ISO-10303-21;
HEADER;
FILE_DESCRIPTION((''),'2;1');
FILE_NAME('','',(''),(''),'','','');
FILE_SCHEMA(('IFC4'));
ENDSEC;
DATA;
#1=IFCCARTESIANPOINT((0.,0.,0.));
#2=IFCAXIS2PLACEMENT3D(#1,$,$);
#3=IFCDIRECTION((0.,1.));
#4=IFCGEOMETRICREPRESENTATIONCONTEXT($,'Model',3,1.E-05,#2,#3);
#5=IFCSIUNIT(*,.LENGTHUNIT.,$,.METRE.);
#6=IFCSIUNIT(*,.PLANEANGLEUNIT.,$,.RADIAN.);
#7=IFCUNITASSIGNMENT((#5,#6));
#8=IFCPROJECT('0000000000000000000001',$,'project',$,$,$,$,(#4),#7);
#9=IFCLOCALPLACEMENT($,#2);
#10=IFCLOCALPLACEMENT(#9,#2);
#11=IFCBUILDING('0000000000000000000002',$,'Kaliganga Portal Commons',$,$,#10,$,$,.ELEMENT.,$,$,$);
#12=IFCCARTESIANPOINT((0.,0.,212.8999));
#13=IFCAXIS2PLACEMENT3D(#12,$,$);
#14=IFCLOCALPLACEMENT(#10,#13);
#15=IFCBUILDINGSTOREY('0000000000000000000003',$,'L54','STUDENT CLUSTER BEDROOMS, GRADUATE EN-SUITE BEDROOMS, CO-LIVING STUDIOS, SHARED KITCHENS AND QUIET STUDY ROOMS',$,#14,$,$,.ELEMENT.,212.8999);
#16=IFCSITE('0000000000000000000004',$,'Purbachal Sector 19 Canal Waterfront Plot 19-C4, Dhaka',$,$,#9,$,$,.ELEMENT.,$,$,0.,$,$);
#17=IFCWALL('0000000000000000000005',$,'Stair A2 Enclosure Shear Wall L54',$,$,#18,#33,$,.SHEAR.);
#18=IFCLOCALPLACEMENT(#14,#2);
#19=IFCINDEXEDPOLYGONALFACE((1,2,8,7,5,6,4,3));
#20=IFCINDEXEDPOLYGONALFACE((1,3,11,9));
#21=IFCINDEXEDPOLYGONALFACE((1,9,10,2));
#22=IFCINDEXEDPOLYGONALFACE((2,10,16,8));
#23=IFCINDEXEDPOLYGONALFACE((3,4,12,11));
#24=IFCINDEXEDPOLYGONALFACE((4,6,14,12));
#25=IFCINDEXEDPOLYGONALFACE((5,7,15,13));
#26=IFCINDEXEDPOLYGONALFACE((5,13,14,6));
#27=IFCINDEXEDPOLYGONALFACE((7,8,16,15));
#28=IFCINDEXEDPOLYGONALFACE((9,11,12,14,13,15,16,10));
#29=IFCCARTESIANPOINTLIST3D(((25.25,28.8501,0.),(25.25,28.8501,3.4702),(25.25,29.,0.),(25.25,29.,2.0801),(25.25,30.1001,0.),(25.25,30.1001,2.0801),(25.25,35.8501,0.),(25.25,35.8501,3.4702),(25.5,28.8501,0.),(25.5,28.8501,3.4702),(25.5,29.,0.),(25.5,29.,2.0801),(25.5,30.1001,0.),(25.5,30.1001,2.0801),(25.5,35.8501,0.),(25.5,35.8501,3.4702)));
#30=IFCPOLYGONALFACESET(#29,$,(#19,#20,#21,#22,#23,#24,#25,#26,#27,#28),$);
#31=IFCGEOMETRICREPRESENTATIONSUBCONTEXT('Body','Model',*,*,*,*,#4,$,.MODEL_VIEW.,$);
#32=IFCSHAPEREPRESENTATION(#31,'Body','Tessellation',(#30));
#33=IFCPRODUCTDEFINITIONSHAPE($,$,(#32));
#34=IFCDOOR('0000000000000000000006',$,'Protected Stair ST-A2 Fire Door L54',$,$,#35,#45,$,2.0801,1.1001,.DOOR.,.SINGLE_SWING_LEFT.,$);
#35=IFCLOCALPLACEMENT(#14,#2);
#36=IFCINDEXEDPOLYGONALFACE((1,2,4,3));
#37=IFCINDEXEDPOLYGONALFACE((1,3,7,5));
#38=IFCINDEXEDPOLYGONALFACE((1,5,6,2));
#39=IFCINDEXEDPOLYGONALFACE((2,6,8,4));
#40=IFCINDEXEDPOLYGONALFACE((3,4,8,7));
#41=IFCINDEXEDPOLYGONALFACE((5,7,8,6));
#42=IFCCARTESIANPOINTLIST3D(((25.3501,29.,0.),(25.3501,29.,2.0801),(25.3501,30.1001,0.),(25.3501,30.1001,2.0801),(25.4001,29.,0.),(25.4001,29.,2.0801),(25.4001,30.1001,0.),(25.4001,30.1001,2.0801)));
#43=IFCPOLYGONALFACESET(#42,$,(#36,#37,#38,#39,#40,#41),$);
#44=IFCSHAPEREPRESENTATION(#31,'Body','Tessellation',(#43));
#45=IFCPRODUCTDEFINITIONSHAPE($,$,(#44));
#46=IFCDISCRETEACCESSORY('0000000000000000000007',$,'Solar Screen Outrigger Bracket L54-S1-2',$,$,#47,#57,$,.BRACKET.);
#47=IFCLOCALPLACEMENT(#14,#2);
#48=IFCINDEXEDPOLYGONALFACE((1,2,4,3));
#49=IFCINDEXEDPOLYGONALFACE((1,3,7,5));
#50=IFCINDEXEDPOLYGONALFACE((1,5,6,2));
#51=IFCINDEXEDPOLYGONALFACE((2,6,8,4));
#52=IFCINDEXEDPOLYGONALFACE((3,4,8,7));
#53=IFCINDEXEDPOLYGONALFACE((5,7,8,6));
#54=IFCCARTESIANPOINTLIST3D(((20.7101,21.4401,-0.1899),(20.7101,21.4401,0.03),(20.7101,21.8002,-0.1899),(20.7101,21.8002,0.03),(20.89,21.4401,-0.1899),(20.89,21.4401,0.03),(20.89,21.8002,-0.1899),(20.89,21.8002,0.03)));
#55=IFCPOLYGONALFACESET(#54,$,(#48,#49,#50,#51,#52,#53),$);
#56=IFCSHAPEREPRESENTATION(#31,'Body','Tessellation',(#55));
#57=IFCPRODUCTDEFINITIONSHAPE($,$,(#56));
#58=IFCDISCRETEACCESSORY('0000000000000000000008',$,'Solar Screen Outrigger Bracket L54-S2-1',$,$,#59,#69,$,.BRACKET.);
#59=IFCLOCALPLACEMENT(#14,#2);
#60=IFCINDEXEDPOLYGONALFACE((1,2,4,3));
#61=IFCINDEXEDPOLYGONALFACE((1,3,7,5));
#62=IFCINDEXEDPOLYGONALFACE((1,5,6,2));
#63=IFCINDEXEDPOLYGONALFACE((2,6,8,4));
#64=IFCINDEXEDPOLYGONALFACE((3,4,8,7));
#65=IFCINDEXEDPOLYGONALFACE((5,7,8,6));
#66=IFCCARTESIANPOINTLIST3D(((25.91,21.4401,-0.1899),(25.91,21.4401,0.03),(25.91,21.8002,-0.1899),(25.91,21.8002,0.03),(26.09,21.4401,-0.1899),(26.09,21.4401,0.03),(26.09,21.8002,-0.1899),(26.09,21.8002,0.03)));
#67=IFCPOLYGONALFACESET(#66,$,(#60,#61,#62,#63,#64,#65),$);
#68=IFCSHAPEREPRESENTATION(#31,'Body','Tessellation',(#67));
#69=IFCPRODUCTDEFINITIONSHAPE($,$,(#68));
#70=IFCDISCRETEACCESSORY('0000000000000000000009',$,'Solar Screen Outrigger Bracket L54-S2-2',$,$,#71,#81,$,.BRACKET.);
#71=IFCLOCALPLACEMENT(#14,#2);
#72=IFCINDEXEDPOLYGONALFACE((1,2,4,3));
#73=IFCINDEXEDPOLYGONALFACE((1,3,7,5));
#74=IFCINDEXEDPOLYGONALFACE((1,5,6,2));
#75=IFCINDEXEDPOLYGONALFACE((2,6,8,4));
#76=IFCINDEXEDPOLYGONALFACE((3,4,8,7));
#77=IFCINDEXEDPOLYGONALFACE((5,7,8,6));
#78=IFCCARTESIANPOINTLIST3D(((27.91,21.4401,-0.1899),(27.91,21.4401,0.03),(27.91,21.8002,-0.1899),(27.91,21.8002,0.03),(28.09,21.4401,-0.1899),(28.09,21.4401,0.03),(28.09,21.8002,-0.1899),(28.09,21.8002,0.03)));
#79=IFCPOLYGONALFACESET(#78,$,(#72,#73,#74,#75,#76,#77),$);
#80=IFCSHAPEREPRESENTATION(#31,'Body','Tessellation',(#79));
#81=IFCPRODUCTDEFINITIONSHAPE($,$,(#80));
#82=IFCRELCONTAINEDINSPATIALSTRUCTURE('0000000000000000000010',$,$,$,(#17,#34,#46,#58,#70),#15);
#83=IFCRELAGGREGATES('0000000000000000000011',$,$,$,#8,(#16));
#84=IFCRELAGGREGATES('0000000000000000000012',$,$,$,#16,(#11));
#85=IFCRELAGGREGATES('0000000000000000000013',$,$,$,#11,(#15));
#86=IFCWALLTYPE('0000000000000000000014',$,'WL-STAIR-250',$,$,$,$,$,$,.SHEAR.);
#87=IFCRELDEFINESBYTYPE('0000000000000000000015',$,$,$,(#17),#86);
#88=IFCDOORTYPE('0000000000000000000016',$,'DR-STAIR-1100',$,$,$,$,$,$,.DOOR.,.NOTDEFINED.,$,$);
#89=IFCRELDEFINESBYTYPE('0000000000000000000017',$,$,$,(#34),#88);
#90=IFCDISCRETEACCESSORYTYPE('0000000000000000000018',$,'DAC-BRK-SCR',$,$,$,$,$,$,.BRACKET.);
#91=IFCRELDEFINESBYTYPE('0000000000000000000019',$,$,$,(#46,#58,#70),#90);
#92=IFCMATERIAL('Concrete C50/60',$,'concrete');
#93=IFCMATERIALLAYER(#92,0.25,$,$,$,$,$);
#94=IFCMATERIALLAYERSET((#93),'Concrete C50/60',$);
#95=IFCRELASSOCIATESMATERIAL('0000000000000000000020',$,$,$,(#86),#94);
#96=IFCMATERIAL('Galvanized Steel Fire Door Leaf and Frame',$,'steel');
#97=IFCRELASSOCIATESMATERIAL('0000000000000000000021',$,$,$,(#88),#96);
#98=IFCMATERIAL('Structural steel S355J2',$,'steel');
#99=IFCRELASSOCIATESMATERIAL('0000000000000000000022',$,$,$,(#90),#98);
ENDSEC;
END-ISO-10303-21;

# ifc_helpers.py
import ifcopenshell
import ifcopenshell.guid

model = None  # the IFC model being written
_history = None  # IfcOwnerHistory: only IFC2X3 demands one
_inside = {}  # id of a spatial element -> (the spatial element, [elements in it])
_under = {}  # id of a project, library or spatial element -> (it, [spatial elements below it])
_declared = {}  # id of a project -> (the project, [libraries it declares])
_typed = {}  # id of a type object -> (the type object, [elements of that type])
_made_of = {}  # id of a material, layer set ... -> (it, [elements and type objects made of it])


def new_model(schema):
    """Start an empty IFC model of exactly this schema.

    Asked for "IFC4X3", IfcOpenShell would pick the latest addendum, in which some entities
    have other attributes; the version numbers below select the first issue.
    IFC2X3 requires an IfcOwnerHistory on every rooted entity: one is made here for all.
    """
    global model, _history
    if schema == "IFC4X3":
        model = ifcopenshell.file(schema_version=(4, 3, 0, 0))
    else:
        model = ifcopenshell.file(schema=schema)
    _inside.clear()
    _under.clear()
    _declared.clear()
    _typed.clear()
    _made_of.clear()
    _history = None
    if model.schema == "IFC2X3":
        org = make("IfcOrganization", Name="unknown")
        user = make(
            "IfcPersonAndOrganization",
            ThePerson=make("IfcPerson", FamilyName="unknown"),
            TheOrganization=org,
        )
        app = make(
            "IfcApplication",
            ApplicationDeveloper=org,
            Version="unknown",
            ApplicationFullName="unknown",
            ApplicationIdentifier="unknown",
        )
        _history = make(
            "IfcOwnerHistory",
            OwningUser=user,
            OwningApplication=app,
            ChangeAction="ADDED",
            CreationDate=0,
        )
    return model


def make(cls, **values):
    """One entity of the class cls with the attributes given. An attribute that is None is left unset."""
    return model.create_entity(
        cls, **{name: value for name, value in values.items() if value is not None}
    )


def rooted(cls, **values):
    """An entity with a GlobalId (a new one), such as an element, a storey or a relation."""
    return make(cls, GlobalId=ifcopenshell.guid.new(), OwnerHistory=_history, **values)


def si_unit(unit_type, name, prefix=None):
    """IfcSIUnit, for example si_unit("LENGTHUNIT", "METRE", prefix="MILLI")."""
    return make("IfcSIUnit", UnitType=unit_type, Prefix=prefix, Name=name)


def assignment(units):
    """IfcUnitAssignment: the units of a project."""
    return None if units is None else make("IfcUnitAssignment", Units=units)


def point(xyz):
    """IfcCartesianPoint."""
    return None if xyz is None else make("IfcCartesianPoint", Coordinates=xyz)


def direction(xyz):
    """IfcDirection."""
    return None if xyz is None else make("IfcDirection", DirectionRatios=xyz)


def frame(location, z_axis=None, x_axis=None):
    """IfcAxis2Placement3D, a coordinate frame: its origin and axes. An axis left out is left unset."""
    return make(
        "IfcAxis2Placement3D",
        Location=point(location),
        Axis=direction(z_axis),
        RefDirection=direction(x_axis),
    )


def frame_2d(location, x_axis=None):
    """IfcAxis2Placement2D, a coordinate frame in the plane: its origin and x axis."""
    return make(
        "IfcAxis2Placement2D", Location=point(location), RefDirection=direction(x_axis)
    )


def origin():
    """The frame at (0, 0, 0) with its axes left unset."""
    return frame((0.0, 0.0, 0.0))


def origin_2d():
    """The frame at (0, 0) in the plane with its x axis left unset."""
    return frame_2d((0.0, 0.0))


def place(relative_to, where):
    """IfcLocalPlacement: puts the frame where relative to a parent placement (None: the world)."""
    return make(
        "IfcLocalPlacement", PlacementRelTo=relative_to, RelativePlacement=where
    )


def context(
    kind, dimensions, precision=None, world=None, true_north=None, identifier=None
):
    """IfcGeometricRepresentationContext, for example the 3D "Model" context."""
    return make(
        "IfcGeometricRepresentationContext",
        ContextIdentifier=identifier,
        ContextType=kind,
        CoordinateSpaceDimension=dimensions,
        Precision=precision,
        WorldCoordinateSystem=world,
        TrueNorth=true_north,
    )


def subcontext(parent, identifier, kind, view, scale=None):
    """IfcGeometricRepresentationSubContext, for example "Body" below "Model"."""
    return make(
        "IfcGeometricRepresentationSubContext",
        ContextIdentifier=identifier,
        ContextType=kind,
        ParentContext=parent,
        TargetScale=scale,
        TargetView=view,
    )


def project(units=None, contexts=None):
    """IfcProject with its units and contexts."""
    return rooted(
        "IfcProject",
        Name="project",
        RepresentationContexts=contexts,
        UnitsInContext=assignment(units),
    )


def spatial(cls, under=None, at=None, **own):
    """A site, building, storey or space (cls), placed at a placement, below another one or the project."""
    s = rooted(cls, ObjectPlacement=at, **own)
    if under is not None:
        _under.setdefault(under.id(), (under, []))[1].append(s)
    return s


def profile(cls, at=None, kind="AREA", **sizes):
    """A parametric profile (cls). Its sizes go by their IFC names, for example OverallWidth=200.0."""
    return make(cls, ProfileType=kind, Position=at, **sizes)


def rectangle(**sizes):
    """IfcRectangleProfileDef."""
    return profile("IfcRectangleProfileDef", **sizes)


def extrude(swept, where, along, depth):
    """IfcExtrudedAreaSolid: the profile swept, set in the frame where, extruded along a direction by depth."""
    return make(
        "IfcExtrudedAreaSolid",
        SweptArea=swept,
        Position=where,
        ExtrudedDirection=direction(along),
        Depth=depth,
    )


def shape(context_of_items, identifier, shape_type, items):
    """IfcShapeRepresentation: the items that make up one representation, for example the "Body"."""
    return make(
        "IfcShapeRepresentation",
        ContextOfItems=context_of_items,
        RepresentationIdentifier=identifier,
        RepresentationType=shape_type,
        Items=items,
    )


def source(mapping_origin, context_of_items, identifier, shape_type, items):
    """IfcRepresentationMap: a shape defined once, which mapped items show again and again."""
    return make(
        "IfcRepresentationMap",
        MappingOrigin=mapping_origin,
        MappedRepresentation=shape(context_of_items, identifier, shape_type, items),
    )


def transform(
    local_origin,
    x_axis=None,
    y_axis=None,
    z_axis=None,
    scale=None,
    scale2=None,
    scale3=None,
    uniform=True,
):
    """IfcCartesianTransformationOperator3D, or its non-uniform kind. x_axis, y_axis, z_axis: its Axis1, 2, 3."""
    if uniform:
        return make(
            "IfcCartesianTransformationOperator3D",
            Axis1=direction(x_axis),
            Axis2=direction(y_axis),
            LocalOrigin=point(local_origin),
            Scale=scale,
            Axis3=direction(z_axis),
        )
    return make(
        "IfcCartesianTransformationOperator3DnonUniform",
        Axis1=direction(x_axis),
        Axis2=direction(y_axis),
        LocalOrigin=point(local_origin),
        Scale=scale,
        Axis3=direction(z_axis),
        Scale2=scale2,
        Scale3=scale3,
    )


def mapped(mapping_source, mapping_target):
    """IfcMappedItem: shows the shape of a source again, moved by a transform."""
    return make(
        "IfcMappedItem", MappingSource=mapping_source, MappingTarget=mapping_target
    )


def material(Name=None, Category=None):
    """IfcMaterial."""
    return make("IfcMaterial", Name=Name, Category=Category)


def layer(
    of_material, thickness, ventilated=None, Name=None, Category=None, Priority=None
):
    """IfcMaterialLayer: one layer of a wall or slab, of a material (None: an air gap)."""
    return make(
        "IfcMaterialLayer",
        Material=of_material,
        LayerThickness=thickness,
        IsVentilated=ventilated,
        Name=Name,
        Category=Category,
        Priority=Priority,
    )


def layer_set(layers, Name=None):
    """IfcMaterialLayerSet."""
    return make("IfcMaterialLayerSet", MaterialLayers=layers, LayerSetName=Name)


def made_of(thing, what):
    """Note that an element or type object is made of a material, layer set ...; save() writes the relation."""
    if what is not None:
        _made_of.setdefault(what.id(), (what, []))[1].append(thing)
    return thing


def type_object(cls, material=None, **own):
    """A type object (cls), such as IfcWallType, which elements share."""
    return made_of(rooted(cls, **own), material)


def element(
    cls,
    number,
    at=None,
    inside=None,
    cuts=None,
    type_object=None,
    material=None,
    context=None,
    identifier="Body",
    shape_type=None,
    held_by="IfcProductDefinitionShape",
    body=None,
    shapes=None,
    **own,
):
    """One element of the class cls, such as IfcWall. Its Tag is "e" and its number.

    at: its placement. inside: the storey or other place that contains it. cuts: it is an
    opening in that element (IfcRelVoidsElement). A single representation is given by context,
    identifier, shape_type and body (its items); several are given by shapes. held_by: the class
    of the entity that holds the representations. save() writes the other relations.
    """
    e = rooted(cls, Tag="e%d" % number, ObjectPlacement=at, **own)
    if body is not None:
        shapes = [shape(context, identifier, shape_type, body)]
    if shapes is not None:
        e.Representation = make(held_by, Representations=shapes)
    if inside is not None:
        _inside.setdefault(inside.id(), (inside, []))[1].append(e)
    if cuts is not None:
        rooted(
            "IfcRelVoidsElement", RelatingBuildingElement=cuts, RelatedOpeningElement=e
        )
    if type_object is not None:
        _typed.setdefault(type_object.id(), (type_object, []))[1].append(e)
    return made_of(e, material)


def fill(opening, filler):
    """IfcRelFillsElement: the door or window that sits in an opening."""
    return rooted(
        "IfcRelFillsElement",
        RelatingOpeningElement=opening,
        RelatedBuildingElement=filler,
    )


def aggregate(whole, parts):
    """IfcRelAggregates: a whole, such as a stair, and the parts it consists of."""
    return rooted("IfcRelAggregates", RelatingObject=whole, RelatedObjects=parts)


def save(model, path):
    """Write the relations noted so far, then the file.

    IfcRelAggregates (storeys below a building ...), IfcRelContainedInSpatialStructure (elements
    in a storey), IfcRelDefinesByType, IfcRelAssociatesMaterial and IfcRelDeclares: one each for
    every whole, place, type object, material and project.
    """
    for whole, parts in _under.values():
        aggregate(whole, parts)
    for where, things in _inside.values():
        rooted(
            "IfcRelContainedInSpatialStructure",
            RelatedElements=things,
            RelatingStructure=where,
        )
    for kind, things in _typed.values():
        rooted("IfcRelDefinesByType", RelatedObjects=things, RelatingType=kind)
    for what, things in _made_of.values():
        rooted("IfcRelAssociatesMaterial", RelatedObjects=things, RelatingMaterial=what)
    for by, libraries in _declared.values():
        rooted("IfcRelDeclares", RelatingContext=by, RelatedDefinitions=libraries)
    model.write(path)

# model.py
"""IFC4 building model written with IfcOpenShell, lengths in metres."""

from ifc_helpers import new_model, si_unit, direction, frame, frame_2d, origin, origin_2d, place, context, subcontext, project, spatial, rectangle, extrude, source, transform, mapped, material, layer, layer_set, type_object, element, fill, save


model = new_model("IFC4")

# Units and contexts
model_context = context("Model", 3, precision=1e-05, world=origin(), true_north=direction((0.0, 1.0)))
body_context = subcontext(model_context, "Body", "Model", "MODEL_VIEW")
ifc_project = project(units=[si_unit("LENGTHUNIT", "METRE"), si_unit("PLANEANGLEUNIT", "RADIAN")], contexts=[model_context])

# Site, building, storey
site_placement = place(None, origin())
site = spatial("IfcSite", under=ifc_project, at=site_placement, Name="Purbachal Sector 19 Canal Waterfront Plot 19-C4, Dhaka", CompositionType="ELEMENT", RefElevation=0.0)
building_placement = place(site_placement, origin())
building = spatial("IfcBuilding", under=site, at=building_placement, Name="Kaliganga Portal Commons", CompositionType="ELEMENT")
storey_placement = place(building_placement, frame((0.0, 0.0, 212.8999)))
storey = spatial("IfcBuildingStorey", under=building, at=storey_placement, Name="L54", Description="STUDENT CLUSTER BEDROOMS, GRADUATE EN-SUITE BEDROOMS, CO-LIVING STUDIOS, SHARED KITCHENS AND QUIET STUDY ROOMS", CompositionType="ELEMENT", Elevation=212.8999)

# Shared definitions
ifc_material_1 = material(Name="Concrete C50/60", Category="concrete")
ifc_material_2 = material(Name="Structural steel S355J2", Category="steel")

# Wall, opening, door
ifc_layer_1 = layer(ifc_material_1, 0.25)
ifc_layer_set_1 = layer_set([ifc_layer_1], Name="Concrete C50/60")
wall_type_1 = type_object("IfcWallType", Name="WL-STAIR-250", PredefinedType="SHEAR", material=ifc_layer_set_1)
wall_1_placement = place(storey_placement, frame((25.375, 28.8501, 0.0), z_axis=(0.0, 0.0, 1.0), x_axis=(0.0, 1.0, 0.0)))
wall_1 = element("IfcWall", 1, at=wall_1_placement, inside=storey, type_object=wall_type_1, Name="Stair A2 Enclosure Shear Wall L54", PredefinedType="SHEAR", context=body_context, shape_type="SweptSolid", body=[
    extrude(rectangle(XDim=7.0, YDim=0.25, at=frame_2d((3.5, 0.0))), origin(), (0.0, 0.0, 1.0), 3.4702),
])
opening_1_placement = place(wall_1_placement, frame((0.1499, 0.0, 0.0)))
opening_1 = element("IfcOpeningElement", 2, at=opening_1_placement, cuts=wall_1, PredefinedType="OPENING", context=body_context, shape_type="SweptSolid", body=[
    extrude(rectangle(XDim=1.1001, YDim=2.0801, at=frame_2d((0.55, 1.04))), frame((0.0, 0.135, 0.0), z_axis=(0.0, -1.0, 0.0), x_axis=(1.0, 0.0, 0.0)), (0.0, 0.0, 1.0), 0.27),
])
ifc_material_3 = material(Name="Galvanized Steel Fire Door Leaf and Frame", Category="steel")
door_type_1 = type_object("IfcDoorType", Name="DR-STAIR-1100", OperationType="NOTDEFINED", PredefinedType="DOOR", material=ifc_material_3)
door_1_placement = place(opening_1_placement, origin())
door_1 = element("IfcDoor", 3, at=door_1_placement, inside=storey, type_object=door_type_1, Name="Protected Stair ST-A2 Fire Door L54", OperationType="SINGLE_SWING_LEFT", OverallHeight=2.0801, OverallWidth=1.1001, PredefinedType="DOOR", context=body_context, shape_type="SweptSolid", body=[
    extrude(rectangle(XDim=1.1001, YDim=2.0801, at=frame_2d((0.55, 1.04))), frame((0.0, 0.0249, 0.0), z_axis=(0.0, -1.0, 0.0), x_axis=(1.0, 0.0, 0.0)), (0.0, 0.0, 1.0), 0.05),
])
fill(opening_1, door_1)

# Discrete accessories
discrete_accessory_type = type_object("IfcDiscreteAccessoryType", Name="DAC-BRK-SCR", PredefinedType="BRACKET", material=ifc_material_2)
shared_shape_1 = source(origin(), body_context, "Body", "SweptSolid", [
    extrude(rectangle(XDim=0.1799, YDim=0.3601, at=origin_2d()), origin(), (0.0, 0.0, 1.0), 0.22),
])
for number, where, z_axis, x_axis, name in (
    (4, (20.8, 21.6201, -0.1899), (0.0, 0.0, 1.0), (1.0, 0.0, 0.0), "Solar Screen Outrigger Bracket L54-S1-2"),
    (5, (26.0, 21.6201, -0.1899), (0.0, 0.0, 1.0), (1.0, 0.0, 0.0), "Solar Screen Outrigger Bracket L54-S2-1"),
    (6, (28.0, 21.6201, -0.1899), (0.0, 0.0, 1.0), (1.0, 0.0, 0.0), "Solar Screen Outrigger Bracket L54-S2-2"),
):
    element("IfcDiscreteAccessory", number, at=place(storey_placement, frame(where, z_axis=z_axis, x_axis=x_axis)), inside=storey, type_object=discrete_accessory_type, Name=name, PredefinedType="BRACKET", context=body_context, shape_type="MappedRepresentation", body=[
        mapped(shared_shape_1, transform((0.0, 0.0, 0.0), x_axis=(1.0, 0.0, 0.0), y_axis=(0.0, 1.0, 0.0), z_axis=(0.0, 0.0, 1.0), scale=1.0)),
    ])

save(model, "model.ifc")
